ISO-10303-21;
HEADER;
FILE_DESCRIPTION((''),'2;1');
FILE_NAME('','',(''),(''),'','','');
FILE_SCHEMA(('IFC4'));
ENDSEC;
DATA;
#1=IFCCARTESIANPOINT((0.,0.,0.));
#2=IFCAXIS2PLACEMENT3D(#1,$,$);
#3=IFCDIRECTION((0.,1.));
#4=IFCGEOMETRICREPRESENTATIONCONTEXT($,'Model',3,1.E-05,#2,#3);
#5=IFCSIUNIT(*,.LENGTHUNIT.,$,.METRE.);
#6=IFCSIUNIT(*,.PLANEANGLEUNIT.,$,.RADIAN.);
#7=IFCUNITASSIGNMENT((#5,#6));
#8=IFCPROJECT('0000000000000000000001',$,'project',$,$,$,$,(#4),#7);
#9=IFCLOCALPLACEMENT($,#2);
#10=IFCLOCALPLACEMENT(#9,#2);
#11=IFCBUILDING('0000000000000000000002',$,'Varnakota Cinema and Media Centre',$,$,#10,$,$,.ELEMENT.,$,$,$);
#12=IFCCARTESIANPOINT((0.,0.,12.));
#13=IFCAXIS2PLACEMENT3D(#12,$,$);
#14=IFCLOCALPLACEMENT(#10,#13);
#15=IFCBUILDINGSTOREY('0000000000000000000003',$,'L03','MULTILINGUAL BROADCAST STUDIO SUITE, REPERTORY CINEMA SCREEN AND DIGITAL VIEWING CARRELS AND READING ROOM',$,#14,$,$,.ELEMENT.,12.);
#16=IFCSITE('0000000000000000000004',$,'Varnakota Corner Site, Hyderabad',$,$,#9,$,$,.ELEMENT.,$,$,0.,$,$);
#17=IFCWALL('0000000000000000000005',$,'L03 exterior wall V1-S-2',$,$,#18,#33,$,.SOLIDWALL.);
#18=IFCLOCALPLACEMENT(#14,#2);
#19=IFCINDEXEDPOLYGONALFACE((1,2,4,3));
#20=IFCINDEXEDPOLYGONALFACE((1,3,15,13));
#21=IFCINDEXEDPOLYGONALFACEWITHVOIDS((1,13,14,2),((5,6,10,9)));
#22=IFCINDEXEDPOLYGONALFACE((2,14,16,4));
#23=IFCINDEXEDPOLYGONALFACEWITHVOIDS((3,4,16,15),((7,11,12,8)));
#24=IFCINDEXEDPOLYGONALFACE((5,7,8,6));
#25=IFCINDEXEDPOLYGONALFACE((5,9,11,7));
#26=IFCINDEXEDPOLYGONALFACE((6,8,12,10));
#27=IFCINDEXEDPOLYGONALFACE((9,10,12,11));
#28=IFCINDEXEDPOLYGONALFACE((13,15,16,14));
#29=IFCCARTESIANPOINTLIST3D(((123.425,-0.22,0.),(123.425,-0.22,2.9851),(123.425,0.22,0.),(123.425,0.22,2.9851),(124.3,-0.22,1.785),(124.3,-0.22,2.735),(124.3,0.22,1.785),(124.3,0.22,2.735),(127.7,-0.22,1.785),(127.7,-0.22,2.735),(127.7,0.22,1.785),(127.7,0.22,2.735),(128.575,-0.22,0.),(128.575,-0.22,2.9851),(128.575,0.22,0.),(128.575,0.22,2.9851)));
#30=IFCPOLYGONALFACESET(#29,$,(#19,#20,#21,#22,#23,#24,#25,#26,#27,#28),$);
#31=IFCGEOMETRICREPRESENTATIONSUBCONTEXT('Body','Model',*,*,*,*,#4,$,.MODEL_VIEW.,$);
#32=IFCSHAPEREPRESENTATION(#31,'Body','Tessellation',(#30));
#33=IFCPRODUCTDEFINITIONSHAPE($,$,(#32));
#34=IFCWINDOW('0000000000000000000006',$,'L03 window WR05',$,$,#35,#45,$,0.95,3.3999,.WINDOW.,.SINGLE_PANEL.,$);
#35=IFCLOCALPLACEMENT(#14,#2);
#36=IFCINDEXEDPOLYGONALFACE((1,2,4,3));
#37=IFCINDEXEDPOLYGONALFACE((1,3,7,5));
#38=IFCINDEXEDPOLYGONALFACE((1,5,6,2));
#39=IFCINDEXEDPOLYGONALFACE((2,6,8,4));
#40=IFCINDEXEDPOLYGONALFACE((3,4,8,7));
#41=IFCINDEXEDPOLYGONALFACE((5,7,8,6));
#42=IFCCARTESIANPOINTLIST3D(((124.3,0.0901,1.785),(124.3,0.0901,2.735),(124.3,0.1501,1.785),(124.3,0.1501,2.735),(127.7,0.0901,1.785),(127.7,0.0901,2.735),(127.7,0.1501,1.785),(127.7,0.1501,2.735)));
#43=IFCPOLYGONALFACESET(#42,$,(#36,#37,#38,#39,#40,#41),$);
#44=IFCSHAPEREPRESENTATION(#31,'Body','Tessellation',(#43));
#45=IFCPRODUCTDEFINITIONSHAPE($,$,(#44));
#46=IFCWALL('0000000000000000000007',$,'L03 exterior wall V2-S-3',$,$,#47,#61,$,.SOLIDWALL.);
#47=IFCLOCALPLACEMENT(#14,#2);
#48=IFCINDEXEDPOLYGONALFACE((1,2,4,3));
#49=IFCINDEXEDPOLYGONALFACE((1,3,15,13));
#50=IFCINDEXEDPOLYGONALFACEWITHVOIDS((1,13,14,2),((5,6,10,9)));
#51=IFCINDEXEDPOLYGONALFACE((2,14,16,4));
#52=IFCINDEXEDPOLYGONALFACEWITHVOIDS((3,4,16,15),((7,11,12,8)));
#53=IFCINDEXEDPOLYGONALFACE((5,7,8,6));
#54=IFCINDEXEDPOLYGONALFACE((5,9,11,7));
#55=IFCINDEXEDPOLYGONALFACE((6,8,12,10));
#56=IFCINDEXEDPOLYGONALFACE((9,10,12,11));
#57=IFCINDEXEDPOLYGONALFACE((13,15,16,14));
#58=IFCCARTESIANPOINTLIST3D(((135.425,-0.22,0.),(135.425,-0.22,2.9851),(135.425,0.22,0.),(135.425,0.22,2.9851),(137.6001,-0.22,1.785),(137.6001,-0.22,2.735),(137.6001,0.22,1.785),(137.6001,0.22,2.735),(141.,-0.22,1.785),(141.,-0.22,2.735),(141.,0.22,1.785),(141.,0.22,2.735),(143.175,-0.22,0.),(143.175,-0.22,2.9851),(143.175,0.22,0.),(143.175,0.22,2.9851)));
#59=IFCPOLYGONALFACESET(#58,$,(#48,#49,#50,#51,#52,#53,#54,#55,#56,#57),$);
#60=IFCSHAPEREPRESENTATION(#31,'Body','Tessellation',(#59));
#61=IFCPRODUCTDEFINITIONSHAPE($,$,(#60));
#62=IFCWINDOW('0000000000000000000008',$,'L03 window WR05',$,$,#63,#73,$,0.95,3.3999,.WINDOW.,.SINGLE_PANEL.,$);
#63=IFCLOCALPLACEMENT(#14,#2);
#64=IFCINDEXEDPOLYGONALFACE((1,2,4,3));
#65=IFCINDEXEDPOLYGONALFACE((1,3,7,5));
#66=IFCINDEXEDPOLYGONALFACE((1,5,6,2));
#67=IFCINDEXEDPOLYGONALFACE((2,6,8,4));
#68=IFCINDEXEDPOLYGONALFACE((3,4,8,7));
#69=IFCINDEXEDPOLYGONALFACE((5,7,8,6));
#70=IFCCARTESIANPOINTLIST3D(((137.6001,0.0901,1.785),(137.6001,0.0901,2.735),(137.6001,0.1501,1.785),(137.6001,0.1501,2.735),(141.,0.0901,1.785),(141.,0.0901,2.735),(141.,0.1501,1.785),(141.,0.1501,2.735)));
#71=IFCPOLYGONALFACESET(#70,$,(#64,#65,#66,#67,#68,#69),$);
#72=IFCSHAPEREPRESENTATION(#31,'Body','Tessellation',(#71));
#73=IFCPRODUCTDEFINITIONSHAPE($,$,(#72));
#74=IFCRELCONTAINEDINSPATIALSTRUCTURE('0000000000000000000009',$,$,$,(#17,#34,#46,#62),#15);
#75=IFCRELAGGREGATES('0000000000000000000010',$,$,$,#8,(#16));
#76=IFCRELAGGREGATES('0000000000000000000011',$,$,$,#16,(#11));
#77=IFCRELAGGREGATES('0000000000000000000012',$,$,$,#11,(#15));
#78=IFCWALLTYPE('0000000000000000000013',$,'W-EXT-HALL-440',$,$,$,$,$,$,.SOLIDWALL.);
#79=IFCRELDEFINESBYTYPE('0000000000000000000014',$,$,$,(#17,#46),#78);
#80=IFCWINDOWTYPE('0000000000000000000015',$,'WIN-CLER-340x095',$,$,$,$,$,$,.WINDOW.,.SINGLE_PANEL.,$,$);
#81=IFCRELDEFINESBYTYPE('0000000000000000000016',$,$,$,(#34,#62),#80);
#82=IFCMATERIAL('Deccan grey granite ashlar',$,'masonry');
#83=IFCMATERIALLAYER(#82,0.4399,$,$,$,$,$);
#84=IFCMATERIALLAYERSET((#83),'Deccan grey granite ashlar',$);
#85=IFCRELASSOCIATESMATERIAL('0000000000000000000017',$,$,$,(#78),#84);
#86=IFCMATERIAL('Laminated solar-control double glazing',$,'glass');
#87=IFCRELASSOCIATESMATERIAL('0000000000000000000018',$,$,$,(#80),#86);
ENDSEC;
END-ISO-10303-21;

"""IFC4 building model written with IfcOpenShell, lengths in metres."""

from ifc_helpers import new_model, si_unit, direction, frame, frame_2d, origin, place, context, subcontext, project, spatial, rectangle, extrude, material, layer, layer_set, type_object, element, fill, save


model = new_model("IFC4")

# Units and contexts
model_context = context("Model", 3, precision=1e-05, world=origin(), true_north=direction((0.0, 1.0)))
body_context = subcontext(model_context, "Body", "Model", "MODEL_VIEW")
ifc_project = project(units=[si_unit("LENGTHUNIT", "METRE"), si_unit("PLANEANGLEUNIT", "RADIAN")], contexts=[model_context])

# Site, building, storey
site_placement = place(None, origin())
site = spatial("IfcSite", under=ifc_project, at=site_placement, Name="Varnakota Corner Site, Hyderabad", CompositionType="ELEMENT", RefElevation=0.0)
building_placement = place(site_placement, origin())
building = spatial("IfcBuilding", under=site, at=building_placement, Name="Varnakota Cinema and Media Centre", CompositionType="ELEMENT")
storey_placement = place(building_placement, frame((0.0, 0.0, 12.0)))
storey = spatial("IfcBuildingStorey", under=building, at=storey_placement, Name="L03", Description="MULTILINGUAL BROADCAST STUDIO SUITE, REPERTORY CINEMA SCREEN AND DIGITAL VIEWING CARRELS AND READING ROOM", CompositionType="ELEMENT", Elevation=12.0)

# Walls, openings, windows
ifc_material_1 = material(Name="Deccan grey granite ashlar", Category="masonry")
ifc_layer_1 = layer(ifc_material_1, 0.4399)
ifc_layer_set_1 = layer_set([ifc_layer_1], Name="Deccan grey granite ashlar")
wall_type = type_object("IfcWallType", Name="W-EXT-HALL-440", PredefinedType="SOLIDWALL", material=ifc_layer_set_1)
ifc_material_2 = material(Name="Laminated solar-control double glazing", Category="glass")
window_type = type_object("IfcWindowType", Name="WIN-CLER-340x095", PartitioningType="SINGLE_PANEL", PredefinedType="WINDOW", material=ifc_material_2)
wall_1_placement = place(storey_placement, frame((128.575, 0.0, 0.0), z_axis=(0.0, 0.0, 1.0), x_axis=(-1.0, 0.0, 0.0)))
wall_1 = element("IfcWall", 1, at=wall_1_placement, inside=storey, type_object=wall_type, Name="L03 exterior wall V1-S-2", PredefinedType="SOLIDWALL", context=body_context, shape_type="SweptSolid", body=[
    extrude(rectangle(XDim=5.1499, YDim=0.4399, at=frame_2d((2.575, 0.0))), origin(), (0.0, 0.0, 1.0), 2.9851),
])
opening_1_placement = place(wall_1_placement, frame((0.875, 0.0, 1.7849)))
opening_1 = element("IfcOpeningElement", 2, at=opening_1_placement, cuts=wall_1, PredefinedType="OPENING", context=body_context, shape_type="SweptSolid", body=[
    extrude(rectangle(XDim=3.3999, YDim=0.95, at=frame_2d((1.7, 0.4751))), frame((0.0, 0.22, 0.0), z_axis=(0.0, -1.0, 0.0), x_axis=(1.0, 0.0, 0.0)), (0.0, 0.0, 1.0), 0.4399),
])
window_1_placement = place(opening_1_placement, origin())
window_1 = element("IfcWindow", 3, at=window_1_placement, inside=storey, type_object=window_type, Name="L03 window WR05", OverallHeight=0.95, OverallWidth=3.3999, PartitioningType="SINGLE_PANEL", PredefinedType="WINDOW", context=body_context, shape_type="SweptSolid", body=[
    extrude(rectangle(XDim=3.3999, YDim=0.95, at=frame_2d((1.7, 0.4751))), frame((0.0, -0.0901, 0.0), z_axis=(0.0, -1.0, 0.0), x_axis=(1.0, 0.0, 0.0)), (0.0, 0.0, 1.0), 0.0601),
])
fill(opening_1, window_1)
wall_2_placement = place(storey_placement, frame((143.175, 0.0, 0.0), z_axis=(0.0, 0.0, 1.0), x_axis=(-1.0, 0.0, 0.0)))
wall_2 = element("IfcWall", 4, at=wall_2_placement, inside=storey, type_object=wall_type, Name="L03 exterior wall V2-S-3", PredefinedType="SOLIDWALL", context=body_context, shape_type="SweptSolid", body=[
    extrude(rectangle(XDim=7.75, YDim=0.4399, at=frame_2d((3.875, 0.0))), origin(), (0.0, 0.0, 1.0), 2.9851),
])
opening_2_placement = place(wall_2_placement, frame((2.175, 0.0, 1.7849)))
opening_2 = element("IfcOpeningElement", 5, at=opening_2_placement, cuts=wall_2, PredefinedType="OPENING", context=body_context, shape_type="SweptSolid", body=[
    extrude(rectangle(XDim=3.3999, YDim=0.95, at=frame_2d((1.7, 0.4751))), frame((0.0, 0.22, 0.0), z_axis=(0.0, -1.0, 0.0), x_axis=(1.0, 0.0, 0.0)), (0.0, 0.0, 1.0), 0.4399),
])
window_2_placement = place(opening_2_placement, origin())
window_2 = element("IfcWindow", 6, at=window_2_placement, inside=storey, type_object=window_type, Name="L03 window WR05", OverallHeight=0.95, OverallWidth=3.3999, PartitioningType="SINGLE_PANEL", PredefinedType="WINDOW", context=body_context, shape_type="SweptSolid", body=[
    extrude(rectangle(XDim=3.3999, YDim=0.95, at=frame_2d((1.7, 0.4751))), frame((0.0, -0.0901, 0.0), z_axis=(0.0, -1.0, 0.0), x_axis=(1.0, 0.0, 0.0)), (0.0, 0.0, 1.0), 0.0601),
])
fill(opening_2, window_2)

save(model, "model.ifc")
